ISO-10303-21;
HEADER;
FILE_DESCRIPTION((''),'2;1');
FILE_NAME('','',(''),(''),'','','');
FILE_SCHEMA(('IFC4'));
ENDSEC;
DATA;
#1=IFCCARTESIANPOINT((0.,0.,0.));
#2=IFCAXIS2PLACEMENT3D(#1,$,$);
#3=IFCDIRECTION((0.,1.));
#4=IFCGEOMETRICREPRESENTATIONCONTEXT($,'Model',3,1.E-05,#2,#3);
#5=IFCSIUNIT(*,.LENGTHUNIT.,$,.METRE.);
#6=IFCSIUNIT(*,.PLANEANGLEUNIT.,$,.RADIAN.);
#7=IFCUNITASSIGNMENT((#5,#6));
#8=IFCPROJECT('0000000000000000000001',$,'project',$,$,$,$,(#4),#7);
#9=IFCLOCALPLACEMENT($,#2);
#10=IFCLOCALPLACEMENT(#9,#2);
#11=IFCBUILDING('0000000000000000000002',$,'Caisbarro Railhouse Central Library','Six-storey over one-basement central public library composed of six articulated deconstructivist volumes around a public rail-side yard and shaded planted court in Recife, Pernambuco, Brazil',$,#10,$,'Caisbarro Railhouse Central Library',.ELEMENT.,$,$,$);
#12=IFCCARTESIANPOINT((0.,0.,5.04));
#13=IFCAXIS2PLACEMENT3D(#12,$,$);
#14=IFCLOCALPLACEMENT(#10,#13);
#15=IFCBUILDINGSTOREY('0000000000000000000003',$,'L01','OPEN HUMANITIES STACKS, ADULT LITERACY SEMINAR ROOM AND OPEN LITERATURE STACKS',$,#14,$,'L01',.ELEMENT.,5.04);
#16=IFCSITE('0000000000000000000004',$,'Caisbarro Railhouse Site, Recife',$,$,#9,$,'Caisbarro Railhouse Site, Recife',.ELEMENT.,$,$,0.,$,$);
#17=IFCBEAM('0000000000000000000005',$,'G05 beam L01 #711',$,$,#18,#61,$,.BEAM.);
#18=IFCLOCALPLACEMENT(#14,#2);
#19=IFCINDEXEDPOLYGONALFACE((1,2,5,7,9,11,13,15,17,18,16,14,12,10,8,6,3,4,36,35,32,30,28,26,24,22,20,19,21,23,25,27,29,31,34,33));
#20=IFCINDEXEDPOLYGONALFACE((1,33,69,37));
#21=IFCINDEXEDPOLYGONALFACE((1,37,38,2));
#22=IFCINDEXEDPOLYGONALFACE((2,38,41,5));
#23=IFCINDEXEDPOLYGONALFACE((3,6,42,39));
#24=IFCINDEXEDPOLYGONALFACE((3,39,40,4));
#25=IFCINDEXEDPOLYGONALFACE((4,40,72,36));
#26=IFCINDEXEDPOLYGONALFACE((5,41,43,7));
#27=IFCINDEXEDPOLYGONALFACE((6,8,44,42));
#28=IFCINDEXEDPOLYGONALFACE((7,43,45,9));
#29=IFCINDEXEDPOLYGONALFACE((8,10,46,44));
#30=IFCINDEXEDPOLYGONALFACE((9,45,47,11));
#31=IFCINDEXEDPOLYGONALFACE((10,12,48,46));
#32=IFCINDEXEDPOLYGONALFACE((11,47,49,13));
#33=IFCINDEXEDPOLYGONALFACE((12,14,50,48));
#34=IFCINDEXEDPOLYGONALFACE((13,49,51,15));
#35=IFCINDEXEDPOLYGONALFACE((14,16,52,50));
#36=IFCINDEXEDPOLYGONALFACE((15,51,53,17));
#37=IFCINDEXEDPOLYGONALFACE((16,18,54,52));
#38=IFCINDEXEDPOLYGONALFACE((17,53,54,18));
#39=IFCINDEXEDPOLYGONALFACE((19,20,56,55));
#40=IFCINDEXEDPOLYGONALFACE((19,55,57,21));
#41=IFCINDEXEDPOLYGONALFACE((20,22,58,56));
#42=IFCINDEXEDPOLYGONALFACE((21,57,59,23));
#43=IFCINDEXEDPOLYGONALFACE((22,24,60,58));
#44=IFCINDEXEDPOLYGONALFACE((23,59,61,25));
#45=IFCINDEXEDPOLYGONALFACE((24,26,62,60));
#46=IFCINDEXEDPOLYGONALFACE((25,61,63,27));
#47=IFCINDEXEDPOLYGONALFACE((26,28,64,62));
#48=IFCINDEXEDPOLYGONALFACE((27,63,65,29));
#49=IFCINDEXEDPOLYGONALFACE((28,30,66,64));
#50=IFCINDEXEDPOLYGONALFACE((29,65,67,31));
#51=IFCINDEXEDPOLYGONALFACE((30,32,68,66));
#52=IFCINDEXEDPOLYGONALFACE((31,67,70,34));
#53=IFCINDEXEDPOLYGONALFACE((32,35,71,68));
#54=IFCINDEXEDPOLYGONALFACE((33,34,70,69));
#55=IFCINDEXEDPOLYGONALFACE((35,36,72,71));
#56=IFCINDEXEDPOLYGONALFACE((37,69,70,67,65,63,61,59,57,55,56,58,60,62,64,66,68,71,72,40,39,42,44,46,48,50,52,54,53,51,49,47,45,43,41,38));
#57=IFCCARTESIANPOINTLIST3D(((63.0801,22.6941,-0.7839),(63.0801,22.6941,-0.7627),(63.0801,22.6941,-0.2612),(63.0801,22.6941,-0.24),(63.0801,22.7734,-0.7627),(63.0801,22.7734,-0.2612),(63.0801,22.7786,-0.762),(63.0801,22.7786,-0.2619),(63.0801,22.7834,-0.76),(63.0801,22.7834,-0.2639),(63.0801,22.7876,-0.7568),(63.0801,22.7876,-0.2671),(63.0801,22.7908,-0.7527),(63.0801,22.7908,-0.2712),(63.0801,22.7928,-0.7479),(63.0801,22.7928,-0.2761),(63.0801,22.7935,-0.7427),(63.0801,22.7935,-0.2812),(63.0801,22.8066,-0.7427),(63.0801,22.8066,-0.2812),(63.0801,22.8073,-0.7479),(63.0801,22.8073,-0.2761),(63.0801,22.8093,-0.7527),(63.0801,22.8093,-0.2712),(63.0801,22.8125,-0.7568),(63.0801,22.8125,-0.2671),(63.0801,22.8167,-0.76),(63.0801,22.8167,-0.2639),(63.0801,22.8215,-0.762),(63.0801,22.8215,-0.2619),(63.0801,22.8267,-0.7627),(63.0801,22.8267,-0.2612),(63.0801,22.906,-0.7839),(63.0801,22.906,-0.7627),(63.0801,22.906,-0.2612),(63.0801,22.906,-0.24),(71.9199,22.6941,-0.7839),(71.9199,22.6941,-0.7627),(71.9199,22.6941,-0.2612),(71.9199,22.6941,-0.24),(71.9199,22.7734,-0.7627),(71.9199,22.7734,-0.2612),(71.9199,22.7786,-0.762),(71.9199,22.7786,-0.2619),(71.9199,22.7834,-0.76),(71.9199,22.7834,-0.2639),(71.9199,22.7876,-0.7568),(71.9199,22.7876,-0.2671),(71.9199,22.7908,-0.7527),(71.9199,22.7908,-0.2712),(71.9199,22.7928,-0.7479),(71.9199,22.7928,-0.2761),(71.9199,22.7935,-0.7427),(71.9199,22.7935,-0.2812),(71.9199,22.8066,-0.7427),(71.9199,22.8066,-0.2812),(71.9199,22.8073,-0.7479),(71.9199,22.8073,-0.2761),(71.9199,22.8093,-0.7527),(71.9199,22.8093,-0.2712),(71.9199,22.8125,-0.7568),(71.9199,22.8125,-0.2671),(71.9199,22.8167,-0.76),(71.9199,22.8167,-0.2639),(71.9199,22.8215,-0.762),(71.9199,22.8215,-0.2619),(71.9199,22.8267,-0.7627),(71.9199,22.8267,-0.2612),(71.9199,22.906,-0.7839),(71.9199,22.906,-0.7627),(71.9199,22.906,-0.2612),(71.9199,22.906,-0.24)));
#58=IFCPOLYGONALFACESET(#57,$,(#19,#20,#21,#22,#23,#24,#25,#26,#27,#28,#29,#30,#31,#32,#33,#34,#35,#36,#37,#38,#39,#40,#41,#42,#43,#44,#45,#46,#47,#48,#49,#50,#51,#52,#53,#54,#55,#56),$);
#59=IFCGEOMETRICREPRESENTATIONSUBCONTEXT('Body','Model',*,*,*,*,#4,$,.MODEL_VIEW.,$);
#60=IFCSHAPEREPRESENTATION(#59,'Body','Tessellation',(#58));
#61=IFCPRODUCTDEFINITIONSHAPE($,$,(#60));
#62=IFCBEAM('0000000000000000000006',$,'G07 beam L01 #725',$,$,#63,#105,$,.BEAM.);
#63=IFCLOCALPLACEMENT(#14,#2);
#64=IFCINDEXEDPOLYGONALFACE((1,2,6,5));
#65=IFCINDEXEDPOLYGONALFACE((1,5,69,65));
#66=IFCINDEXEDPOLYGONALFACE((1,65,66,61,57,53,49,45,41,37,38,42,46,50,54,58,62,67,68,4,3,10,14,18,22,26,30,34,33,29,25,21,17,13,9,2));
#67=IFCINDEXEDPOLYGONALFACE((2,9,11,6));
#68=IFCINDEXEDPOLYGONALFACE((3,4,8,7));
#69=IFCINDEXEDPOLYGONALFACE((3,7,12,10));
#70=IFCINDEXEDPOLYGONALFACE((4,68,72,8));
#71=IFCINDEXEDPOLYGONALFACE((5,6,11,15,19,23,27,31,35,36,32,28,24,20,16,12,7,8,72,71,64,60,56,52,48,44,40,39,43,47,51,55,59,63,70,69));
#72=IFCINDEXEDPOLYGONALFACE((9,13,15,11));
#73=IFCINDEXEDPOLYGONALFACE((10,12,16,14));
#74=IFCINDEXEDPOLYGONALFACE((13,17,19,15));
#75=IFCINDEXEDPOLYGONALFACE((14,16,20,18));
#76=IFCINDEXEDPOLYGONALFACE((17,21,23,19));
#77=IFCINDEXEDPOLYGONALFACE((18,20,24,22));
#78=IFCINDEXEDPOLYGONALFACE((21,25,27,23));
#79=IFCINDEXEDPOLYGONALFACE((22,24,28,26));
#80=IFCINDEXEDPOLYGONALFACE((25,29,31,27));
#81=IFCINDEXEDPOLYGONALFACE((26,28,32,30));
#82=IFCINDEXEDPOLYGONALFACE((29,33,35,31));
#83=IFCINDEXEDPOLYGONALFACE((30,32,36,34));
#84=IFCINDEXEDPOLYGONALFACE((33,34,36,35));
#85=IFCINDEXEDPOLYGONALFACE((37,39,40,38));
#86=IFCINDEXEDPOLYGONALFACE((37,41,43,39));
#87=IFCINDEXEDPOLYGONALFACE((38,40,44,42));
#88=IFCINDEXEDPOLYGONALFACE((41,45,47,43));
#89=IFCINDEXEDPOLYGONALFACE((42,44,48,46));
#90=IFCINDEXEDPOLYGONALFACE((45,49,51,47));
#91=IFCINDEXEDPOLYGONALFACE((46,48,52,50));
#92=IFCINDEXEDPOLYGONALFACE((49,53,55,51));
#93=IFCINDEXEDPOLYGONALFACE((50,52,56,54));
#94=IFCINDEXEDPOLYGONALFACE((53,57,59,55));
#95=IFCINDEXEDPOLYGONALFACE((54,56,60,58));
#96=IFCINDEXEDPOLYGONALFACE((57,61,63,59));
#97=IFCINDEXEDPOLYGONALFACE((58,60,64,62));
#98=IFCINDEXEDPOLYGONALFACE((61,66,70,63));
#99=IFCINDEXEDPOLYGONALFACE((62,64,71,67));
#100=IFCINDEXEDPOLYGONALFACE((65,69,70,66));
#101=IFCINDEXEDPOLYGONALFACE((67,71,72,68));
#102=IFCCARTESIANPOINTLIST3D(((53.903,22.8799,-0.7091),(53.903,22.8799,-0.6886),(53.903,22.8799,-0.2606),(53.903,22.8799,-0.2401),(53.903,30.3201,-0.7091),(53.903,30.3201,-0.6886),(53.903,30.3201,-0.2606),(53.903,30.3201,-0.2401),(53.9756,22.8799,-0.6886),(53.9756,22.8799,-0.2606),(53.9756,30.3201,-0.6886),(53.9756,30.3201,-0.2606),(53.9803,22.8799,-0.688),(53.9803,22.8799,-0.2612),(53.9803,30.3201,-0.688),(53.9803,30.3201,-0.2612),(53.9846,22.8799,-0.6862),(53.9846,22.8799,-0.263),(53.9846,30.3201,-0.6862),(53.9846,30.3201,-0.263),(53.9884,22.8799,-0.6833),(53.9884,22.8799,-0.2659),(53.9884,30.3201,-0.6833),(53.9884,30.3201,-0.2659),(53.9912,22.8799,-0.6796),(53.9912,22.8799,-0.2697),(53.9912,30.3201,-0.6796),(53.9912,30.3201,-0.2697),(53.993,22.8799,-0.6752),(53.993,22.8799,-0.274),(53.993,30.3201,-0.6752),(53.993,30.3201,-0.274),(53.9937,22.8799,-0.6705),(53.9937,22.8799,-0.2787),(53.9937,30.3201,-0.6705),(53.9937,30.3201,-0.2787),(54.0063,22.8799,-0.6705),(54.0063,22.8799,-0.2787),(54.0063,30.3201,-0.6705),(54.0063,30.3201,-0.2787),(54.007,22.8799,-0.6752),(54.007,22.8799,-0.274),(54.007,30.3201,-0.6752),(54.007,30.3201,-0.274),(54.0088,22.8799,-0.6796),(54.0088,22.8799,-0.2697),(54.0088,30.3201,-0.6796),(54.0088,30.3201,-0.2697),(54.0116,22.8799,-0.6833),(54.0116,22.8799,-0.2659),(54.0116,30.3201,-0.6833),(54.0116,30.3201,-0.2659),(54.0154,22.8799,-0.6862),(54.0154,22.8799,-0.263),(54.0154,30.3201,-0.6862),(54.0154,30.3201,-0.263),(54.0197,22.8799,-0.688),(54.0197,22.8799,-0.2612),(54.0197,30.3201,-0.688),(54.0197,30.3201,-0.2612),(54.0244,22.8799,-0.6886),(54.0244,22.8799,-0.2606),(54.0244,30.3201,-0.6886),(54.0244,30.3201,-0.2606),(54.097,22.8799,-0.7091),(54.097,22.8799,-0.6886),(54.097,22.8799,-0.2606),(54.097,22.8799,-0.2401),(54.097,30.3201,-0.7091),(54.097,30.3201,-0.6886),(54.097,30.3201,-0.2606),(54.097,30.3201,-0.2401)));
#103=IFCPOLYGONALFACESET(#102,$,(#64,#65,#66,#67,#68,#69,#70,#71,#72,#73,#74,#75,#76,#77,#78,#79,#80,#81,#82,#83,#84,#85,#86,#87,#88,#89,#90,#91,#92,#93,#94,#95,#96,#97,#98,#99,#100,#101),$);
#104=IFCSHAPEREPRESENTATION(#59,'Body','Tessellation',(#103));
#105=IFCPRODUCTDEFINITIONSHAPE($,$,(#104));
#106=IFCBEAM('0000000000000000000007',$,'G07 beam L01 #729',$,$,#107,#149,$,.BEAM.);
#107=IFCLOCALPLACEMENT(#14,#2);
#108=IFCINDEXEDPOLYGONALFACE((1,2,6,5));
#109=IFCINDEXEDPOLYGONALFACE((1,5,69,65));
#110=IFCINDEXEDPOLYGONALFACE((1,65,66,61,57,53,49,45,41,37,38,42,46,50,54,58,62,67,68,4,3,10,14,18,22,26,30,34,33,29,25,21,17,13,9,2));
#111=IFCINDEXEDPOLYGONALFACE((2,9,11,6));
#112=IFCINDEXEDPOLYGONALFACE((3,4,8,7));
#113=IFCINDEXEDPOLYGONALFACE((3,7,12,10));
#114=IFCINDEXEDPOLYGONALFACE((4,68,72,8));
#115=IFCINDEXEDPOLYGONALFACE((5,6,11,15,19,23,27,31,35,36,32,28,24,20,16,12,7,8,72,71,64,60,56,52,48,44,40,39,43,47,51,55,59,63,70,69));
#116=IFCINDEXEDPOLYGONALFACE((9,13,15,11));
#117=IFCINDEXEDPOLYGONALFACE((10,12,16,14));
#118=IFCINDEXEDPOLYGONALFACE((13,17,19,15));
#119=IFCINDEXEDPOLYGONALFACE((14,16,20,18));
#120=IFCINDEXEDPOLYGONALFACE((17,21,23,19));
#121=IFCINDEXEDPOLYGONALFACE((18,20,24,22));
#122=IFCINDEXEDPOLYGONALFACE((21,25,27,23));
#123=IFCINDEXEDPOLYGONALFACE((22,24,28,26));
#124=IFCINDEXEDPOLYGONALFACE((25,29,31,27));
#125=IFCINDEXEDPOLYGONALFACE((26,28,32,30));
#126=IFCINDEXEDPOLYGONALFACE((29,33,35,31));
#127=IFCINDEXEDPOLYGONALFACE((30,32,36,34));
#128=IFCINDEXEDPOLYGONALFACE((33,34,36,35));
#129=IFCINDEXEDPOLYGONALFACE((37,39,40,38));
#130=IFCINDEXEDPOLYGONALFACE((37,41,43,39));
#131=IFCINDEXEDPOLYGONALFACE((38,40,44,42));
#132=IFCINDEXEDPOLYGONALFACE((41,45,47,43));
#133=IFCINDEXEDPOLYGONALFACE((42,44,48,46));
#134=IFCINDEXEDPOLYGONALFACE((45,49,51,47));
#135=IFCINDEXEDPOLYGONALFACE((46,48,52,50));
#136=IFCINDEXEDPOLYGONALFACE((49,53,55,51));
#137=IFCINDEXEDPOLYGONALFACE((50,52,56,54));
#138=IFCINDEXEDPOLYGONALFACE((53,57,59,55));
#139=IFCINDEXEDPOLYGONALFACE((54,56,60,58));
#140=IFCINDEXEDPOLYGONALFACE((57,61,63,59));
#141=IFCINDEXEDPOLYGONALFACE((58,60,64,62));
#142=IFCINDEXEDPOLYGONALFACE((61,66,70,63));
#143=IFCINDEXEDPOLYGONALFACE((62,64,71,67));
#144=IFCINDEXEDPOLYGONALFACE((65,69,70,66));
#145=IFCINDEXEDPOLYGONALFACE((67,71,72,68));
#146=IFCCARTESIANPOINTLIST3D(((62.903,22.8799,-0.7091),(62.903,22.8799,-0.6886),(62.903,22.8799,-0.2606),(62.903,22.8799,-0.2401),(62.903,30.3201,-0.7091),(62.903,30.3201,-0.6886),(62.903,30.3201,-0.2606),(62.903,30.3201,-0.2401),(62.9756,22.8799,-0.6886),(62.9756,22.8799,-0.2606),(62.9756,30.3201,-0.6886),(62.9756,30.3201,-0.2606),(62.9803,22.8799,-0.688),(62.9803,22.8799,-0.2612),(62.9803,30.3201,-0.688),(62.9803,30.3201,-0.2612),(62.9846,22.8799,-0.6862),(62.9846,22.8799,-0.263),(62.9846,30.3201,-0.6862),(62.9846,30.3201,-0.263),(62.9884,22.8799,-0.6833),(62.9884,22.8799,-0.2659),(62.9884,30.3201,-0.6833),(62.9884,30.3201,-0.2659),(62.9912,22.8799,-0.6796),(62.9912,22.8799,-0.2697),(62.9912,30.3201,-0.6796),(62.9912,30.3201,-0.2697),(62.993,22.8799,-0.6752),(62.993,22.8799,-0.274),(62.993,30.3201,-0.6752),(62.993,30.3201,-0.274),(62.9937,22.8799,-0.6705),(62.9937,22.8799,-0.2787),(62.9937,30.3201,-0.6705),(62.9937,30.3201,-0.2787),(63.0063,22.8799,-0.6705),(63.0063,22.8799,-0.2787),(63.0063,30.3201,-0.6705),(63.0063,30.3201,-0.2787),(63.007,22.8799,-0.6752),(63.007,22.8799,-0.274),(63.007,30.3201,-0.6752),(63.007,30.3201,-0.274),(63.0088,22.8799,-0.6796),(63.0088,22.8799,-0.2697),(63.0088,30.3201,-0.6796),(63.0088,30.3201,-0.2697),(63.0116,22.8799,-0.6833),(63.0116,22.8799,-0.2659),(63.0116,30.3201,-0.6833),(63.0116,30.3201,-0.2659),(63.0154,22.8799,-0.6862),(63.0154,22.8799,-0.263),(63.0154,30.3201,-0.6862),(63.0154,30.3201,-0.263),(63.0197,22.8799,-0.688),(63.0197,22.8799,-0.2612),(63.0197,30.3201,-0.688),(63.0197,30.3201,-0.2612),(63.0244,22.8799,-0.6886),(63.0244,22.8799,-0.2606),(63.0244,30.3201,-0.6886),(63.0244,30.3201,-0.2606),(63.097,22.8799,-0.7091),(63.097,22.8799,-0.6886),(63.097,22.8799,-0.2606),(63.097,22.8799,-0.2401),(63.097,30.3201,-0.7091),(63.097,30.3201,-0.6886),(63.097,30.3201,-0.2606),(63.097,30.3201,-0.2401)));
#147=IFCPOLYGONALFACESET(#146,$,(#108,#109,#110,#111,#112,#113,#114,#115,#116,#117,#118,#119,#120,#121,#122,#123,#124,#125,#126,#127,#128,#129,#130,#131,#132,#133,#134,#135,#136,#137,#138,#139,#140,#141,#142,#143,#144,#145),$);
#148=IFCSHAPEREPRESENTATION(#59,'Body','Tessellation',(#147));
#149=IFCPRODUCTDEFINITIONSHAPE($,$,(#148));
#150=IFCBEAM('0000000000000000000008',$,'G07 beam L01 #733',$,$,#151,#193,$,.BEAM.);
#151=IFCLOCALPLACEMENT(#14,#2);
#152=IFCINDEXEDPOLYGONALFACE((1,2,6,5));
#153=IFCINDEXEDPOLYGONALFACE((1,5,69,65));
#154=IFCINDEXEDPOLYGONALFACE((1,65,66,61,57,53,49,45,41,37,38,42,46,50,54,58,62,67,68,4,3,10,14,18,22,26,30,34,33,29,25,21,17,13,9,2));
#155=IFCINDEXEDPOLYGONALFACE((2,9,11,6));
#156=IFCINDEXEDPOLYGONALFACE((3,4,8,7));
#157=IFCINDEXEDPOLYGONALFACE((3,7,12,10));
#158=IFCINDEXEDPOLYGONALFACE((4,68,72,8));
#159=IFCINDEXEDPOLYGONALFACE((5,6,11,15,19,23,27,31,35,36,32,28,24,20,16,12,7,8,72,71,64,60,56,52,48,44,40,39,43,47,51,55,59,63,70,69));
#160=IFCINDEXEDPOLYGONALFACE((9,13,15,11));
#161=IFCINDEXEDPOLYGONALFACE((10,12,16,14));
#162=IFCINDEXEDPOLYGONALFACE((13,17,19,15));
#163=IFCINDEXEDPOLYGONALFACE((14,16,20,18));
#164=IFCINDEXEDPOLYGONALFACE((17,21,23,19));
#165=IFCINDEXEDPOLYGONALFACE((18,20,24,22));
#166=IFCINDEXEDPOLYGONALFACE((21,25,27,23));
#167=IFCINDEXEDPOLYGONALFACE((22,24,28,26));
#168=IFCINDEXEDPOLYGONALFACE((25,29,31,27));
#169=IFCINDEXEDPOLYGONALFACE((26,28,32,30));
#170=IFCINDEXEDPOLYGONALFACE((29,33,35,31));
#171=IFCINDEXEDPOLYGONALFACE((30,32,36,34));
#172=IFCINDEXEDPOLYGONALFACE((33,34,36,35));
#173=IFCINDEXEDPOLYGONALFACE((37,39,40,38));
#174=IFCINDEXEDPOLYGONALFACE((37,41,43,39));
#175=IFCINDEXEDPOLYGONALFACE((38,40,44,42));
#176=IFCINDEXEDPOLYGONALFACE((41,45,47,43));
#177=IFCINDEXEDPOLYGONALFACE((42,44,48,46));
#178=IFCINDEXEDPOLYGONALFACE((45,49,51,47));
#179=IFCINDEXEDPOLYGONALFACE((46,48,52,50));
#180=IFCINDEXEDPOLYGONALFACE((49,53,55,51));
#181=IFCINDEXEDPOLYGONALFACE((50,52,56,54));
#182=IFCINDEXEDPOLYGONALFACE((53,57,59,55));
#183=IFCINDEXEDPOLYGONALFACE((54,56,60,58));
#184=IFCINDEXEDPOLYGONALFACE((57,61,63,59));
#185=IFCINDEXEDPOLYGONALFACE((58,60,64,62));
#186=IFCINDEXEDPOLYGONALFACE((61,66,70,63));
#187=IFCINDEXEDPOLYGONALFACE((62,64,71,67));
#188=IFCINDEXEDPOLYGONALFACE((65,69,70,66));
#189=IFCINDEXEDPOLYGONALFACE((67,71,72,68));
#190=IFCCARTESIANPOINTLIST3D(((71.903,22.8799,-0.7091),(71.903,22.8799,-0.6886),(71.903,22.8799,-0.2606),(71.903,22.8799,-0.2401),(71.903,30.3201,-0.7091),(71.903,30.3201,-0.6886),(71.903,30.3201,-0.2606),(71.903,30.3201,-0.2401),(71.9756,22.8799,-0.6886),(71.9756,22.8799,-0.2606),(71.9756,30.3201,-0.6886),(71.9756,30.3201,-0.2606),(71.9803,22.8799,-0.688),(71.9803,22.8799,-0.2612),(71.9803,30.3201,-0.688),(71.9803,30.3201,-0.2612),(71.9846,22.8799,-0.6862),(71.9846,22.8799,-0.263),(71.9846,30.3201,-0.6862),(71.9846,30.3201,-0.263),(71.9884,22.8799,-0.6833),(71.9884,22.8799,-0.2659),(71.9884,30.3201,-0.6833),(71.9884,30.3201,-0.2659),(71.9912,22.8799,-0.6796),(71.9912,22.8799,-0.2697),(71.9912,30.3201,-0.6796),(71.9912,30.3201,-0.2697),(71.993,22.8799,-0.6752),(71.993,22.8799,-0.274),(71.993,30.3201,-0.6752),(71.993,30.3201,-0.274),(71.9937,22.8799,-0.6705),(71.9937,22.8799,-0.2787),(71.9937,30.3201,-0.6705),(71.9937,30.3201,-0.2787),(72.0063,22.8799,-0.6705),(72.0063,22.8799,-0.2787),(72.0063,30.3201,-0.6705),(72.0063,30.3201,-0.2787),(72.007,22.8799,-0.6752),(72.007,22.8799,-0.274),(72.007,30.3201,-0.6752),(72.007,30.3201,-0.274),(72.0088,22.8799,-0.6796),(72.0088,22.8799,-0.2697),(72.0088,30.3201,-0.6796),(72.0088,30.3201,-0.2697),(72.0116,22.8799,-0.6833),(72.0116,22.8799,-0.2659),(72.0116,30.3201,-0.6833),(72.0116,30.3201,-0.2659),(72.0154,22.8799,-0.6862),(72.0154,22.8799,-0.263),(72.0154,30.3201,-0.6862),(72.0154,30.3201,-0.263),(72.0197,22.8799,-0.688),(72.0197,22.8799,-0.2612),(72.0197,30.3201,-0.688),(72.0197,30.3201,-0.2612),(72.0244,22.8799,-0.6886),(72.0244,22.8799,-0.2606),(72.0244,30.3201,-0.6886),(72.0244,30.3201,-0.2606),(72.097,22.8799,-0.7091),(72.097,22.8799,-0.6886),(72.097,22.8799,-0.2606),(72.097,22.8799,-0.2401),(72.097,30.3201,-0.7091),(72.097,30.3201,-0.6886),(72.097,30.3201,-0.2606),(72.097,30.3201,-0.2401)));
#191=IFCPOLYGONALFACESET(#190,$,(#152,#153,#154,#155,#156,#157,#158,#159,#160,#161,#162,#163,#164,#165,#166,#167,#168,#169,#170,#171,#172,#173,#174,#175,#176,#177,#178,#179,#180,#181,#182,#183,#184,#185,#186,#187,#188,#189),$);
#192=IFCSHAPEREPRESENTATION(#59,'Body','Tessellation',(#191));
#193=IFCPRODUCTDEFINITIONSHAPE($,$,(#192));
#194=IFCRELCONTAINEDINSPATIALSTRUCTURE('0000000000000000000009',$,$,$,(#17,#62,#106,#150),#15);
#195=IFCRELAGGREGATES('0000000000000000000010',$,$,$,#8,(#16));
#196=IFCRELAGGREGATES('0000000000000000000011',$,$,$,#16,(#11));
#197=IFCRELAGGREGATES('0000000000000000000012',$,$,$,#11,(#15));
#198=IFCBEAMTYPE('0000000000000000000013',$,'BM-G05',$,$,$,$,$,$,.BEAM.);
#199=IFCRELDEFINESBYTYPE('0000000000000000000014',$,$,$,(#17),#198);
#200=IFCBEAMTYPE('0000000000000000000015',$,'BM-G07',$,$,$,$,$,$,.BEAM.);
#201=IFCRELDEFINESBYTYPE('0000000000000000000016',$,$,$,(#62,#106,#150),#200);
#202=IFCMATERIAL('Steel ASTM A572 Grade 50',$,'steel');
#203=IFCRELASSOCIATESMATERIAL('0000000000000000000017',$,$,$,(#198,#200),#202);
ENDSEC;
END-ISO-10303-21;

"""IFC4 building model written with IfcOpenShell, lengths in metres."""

from ifc_helpers import new_model, si_unit, direction, frame, origin, origin_2d, place, context, subcontext, project, spatial, i_section, extrude, material, material_profile, profile_set, type_object, element, save


model = new_model("IFC4")

# Units and contexts
model_context = context("Model", 3, precision=1e-05, world=origin(), true_north=direction((0.0, 1.0)))
body_context = subcontext(model_context, "Body", "Model", "MODEL_VIEW")
ifc_project = project(units=[si_unit("LENGTHUNIT", "METRE"), si_unit("PLANEANGLEUNIT", "RADIAN")], contexts=[model_context])

# Site, building, storey
site_placement = place(None, origin())
site = spatial("IfcSite", under=ifc_project, at=site_placement, Name="Caisbarro Railhouse Site, Recife", LongName="Caisbarro Railhouse Site, Recife", CompositionType="ELEMENT", RefElevation=0.0)
building_placement = place(site_placement, origin())
building = spatial("IfcBuilding", under=site, at=building_placement, Name="Caisbarro Railhouse Central Library", Description="Six-storey over one-basement central public library composed of six articulated deconstructivist volumes around a public rail-side yard and shaded planted court in Recife, Pernambuco, Brazil", LongName="Caisbarro Railhouse Central Library", CompositionType="ELEMENT")
storey_placement = place(building_placement, frame((0.0, 0.0, 5.04)))
storey = spatial("IfcBuildingStorey", under=building, at=storey_placement, Name="L01", Description="OPEN HUMANITIES STACKS, ADULT LITERACY SEMINAR ROOM AND OPEN LITERATURE STACKS", LongName="L01", CompositionType="ELEMENT", Elevation=5.04)

# Shared definitions
ifc_material_1 = material(Name="Steel ASTM A572 Grade 50", Category="steel")

# Beams
ifc_material_profile_1 = material_profile(ifc_material_1, i_section(OverallWidth=0.2119, OverallDepth=0.5439, WebThickness=0.0132, FlangeThickness=0.0212, FilletRadius=0.02, at=origin_2d()), Name="W530X123.0")
ifc_profile_set_1 = profile_set([ifc_material_profile_1], Name="Steel ASTM A572 Grade 50")
beam_type_1 = type_object("IfcBeamType", Name="BM-G05", PredefinedType="BEAM", material=ifc_profile_set_1)
for number, where, z_axis, x_axis, name in (
    (1, (63.0801, 22.8, -0.512), (1.0, 0.0, 0.0), (0.0, 1.0, 0.0), "G05 beam L01 #711"),
):
    element("IfcBeam", number, at=place(storey_placement, frame(where, z_axis=z_axis, x_axis=x_axis)), inside=storey, type_object=beam_type_1, Name=name, PredefinedType="BEAM", context=body_context, shape_type="SweptSolid", body=[
        extrude(i_section(OverallWidth=0.2119, OverallDepth=0.5439, WebThickness=0.0132, FlangeThickness=0.0212, FilletRadius=0.02, at=origin_2d()), origin(), (0.0, 0.0, 1.0), 8.8398),
    ])
ifc_material_profile_2 = material_profile(ifc_material_1, i_section(OverallWidth=0.1941, OverallDepth=0.469, WebThickness=0.0127, FlangeThickness=0.0205, FilletRadius=0.0181, at=origin_2d()), Name="W460X106.0")
ifc_profile_set_2 = profile_set([ifc_material_profile_2], Name="Steel ASTM A572 Grade 50")
beam_type_2 = type_object("IfcBeamType", Name="BM-G07", PredefinedType="BEAM", material=ifc_profile_set_2)
for number, where, z_axis, x_axis, name in (
    (2, (54.0, 22.8799, -0.4746), (0.0, 1.0, 0.0), (-1.0, 0.0, 0.0), "G07 beam L01 #725"),
    (3, (63.0, 22.8799, -0.4746), (0.0, 1.0, 0.0), (-1.0, 0.0, 0.0), "G07 beam L01 #729"),
    (4, (72.0, 22.8799, -0.4746), (0.0, 1.0, 0.0), (-1.0, 0.0, 0.0), "G07 beam L01 #733"),
):
    element("IfcBeam", number, at=place(storey_placement, frame(where, z_axis=z_axis, x_axis=x_axis)), inside=storey, type_object=beam_type_2, Name=name, PredefinedType="BEAM", context=body_context, shape_type="SweptSolid", body=[
        extrude(i_section(OverallWidth=0.1941, OverallDepth=0.469, WebThickness=0.0127, FlangeThickness=0.0205, FilletRadius=0.0181, at=origin_2d()), origin(), (0.0, 0.0, 1.0), 7.4402),
    ])

save(model, "model.ifc")
